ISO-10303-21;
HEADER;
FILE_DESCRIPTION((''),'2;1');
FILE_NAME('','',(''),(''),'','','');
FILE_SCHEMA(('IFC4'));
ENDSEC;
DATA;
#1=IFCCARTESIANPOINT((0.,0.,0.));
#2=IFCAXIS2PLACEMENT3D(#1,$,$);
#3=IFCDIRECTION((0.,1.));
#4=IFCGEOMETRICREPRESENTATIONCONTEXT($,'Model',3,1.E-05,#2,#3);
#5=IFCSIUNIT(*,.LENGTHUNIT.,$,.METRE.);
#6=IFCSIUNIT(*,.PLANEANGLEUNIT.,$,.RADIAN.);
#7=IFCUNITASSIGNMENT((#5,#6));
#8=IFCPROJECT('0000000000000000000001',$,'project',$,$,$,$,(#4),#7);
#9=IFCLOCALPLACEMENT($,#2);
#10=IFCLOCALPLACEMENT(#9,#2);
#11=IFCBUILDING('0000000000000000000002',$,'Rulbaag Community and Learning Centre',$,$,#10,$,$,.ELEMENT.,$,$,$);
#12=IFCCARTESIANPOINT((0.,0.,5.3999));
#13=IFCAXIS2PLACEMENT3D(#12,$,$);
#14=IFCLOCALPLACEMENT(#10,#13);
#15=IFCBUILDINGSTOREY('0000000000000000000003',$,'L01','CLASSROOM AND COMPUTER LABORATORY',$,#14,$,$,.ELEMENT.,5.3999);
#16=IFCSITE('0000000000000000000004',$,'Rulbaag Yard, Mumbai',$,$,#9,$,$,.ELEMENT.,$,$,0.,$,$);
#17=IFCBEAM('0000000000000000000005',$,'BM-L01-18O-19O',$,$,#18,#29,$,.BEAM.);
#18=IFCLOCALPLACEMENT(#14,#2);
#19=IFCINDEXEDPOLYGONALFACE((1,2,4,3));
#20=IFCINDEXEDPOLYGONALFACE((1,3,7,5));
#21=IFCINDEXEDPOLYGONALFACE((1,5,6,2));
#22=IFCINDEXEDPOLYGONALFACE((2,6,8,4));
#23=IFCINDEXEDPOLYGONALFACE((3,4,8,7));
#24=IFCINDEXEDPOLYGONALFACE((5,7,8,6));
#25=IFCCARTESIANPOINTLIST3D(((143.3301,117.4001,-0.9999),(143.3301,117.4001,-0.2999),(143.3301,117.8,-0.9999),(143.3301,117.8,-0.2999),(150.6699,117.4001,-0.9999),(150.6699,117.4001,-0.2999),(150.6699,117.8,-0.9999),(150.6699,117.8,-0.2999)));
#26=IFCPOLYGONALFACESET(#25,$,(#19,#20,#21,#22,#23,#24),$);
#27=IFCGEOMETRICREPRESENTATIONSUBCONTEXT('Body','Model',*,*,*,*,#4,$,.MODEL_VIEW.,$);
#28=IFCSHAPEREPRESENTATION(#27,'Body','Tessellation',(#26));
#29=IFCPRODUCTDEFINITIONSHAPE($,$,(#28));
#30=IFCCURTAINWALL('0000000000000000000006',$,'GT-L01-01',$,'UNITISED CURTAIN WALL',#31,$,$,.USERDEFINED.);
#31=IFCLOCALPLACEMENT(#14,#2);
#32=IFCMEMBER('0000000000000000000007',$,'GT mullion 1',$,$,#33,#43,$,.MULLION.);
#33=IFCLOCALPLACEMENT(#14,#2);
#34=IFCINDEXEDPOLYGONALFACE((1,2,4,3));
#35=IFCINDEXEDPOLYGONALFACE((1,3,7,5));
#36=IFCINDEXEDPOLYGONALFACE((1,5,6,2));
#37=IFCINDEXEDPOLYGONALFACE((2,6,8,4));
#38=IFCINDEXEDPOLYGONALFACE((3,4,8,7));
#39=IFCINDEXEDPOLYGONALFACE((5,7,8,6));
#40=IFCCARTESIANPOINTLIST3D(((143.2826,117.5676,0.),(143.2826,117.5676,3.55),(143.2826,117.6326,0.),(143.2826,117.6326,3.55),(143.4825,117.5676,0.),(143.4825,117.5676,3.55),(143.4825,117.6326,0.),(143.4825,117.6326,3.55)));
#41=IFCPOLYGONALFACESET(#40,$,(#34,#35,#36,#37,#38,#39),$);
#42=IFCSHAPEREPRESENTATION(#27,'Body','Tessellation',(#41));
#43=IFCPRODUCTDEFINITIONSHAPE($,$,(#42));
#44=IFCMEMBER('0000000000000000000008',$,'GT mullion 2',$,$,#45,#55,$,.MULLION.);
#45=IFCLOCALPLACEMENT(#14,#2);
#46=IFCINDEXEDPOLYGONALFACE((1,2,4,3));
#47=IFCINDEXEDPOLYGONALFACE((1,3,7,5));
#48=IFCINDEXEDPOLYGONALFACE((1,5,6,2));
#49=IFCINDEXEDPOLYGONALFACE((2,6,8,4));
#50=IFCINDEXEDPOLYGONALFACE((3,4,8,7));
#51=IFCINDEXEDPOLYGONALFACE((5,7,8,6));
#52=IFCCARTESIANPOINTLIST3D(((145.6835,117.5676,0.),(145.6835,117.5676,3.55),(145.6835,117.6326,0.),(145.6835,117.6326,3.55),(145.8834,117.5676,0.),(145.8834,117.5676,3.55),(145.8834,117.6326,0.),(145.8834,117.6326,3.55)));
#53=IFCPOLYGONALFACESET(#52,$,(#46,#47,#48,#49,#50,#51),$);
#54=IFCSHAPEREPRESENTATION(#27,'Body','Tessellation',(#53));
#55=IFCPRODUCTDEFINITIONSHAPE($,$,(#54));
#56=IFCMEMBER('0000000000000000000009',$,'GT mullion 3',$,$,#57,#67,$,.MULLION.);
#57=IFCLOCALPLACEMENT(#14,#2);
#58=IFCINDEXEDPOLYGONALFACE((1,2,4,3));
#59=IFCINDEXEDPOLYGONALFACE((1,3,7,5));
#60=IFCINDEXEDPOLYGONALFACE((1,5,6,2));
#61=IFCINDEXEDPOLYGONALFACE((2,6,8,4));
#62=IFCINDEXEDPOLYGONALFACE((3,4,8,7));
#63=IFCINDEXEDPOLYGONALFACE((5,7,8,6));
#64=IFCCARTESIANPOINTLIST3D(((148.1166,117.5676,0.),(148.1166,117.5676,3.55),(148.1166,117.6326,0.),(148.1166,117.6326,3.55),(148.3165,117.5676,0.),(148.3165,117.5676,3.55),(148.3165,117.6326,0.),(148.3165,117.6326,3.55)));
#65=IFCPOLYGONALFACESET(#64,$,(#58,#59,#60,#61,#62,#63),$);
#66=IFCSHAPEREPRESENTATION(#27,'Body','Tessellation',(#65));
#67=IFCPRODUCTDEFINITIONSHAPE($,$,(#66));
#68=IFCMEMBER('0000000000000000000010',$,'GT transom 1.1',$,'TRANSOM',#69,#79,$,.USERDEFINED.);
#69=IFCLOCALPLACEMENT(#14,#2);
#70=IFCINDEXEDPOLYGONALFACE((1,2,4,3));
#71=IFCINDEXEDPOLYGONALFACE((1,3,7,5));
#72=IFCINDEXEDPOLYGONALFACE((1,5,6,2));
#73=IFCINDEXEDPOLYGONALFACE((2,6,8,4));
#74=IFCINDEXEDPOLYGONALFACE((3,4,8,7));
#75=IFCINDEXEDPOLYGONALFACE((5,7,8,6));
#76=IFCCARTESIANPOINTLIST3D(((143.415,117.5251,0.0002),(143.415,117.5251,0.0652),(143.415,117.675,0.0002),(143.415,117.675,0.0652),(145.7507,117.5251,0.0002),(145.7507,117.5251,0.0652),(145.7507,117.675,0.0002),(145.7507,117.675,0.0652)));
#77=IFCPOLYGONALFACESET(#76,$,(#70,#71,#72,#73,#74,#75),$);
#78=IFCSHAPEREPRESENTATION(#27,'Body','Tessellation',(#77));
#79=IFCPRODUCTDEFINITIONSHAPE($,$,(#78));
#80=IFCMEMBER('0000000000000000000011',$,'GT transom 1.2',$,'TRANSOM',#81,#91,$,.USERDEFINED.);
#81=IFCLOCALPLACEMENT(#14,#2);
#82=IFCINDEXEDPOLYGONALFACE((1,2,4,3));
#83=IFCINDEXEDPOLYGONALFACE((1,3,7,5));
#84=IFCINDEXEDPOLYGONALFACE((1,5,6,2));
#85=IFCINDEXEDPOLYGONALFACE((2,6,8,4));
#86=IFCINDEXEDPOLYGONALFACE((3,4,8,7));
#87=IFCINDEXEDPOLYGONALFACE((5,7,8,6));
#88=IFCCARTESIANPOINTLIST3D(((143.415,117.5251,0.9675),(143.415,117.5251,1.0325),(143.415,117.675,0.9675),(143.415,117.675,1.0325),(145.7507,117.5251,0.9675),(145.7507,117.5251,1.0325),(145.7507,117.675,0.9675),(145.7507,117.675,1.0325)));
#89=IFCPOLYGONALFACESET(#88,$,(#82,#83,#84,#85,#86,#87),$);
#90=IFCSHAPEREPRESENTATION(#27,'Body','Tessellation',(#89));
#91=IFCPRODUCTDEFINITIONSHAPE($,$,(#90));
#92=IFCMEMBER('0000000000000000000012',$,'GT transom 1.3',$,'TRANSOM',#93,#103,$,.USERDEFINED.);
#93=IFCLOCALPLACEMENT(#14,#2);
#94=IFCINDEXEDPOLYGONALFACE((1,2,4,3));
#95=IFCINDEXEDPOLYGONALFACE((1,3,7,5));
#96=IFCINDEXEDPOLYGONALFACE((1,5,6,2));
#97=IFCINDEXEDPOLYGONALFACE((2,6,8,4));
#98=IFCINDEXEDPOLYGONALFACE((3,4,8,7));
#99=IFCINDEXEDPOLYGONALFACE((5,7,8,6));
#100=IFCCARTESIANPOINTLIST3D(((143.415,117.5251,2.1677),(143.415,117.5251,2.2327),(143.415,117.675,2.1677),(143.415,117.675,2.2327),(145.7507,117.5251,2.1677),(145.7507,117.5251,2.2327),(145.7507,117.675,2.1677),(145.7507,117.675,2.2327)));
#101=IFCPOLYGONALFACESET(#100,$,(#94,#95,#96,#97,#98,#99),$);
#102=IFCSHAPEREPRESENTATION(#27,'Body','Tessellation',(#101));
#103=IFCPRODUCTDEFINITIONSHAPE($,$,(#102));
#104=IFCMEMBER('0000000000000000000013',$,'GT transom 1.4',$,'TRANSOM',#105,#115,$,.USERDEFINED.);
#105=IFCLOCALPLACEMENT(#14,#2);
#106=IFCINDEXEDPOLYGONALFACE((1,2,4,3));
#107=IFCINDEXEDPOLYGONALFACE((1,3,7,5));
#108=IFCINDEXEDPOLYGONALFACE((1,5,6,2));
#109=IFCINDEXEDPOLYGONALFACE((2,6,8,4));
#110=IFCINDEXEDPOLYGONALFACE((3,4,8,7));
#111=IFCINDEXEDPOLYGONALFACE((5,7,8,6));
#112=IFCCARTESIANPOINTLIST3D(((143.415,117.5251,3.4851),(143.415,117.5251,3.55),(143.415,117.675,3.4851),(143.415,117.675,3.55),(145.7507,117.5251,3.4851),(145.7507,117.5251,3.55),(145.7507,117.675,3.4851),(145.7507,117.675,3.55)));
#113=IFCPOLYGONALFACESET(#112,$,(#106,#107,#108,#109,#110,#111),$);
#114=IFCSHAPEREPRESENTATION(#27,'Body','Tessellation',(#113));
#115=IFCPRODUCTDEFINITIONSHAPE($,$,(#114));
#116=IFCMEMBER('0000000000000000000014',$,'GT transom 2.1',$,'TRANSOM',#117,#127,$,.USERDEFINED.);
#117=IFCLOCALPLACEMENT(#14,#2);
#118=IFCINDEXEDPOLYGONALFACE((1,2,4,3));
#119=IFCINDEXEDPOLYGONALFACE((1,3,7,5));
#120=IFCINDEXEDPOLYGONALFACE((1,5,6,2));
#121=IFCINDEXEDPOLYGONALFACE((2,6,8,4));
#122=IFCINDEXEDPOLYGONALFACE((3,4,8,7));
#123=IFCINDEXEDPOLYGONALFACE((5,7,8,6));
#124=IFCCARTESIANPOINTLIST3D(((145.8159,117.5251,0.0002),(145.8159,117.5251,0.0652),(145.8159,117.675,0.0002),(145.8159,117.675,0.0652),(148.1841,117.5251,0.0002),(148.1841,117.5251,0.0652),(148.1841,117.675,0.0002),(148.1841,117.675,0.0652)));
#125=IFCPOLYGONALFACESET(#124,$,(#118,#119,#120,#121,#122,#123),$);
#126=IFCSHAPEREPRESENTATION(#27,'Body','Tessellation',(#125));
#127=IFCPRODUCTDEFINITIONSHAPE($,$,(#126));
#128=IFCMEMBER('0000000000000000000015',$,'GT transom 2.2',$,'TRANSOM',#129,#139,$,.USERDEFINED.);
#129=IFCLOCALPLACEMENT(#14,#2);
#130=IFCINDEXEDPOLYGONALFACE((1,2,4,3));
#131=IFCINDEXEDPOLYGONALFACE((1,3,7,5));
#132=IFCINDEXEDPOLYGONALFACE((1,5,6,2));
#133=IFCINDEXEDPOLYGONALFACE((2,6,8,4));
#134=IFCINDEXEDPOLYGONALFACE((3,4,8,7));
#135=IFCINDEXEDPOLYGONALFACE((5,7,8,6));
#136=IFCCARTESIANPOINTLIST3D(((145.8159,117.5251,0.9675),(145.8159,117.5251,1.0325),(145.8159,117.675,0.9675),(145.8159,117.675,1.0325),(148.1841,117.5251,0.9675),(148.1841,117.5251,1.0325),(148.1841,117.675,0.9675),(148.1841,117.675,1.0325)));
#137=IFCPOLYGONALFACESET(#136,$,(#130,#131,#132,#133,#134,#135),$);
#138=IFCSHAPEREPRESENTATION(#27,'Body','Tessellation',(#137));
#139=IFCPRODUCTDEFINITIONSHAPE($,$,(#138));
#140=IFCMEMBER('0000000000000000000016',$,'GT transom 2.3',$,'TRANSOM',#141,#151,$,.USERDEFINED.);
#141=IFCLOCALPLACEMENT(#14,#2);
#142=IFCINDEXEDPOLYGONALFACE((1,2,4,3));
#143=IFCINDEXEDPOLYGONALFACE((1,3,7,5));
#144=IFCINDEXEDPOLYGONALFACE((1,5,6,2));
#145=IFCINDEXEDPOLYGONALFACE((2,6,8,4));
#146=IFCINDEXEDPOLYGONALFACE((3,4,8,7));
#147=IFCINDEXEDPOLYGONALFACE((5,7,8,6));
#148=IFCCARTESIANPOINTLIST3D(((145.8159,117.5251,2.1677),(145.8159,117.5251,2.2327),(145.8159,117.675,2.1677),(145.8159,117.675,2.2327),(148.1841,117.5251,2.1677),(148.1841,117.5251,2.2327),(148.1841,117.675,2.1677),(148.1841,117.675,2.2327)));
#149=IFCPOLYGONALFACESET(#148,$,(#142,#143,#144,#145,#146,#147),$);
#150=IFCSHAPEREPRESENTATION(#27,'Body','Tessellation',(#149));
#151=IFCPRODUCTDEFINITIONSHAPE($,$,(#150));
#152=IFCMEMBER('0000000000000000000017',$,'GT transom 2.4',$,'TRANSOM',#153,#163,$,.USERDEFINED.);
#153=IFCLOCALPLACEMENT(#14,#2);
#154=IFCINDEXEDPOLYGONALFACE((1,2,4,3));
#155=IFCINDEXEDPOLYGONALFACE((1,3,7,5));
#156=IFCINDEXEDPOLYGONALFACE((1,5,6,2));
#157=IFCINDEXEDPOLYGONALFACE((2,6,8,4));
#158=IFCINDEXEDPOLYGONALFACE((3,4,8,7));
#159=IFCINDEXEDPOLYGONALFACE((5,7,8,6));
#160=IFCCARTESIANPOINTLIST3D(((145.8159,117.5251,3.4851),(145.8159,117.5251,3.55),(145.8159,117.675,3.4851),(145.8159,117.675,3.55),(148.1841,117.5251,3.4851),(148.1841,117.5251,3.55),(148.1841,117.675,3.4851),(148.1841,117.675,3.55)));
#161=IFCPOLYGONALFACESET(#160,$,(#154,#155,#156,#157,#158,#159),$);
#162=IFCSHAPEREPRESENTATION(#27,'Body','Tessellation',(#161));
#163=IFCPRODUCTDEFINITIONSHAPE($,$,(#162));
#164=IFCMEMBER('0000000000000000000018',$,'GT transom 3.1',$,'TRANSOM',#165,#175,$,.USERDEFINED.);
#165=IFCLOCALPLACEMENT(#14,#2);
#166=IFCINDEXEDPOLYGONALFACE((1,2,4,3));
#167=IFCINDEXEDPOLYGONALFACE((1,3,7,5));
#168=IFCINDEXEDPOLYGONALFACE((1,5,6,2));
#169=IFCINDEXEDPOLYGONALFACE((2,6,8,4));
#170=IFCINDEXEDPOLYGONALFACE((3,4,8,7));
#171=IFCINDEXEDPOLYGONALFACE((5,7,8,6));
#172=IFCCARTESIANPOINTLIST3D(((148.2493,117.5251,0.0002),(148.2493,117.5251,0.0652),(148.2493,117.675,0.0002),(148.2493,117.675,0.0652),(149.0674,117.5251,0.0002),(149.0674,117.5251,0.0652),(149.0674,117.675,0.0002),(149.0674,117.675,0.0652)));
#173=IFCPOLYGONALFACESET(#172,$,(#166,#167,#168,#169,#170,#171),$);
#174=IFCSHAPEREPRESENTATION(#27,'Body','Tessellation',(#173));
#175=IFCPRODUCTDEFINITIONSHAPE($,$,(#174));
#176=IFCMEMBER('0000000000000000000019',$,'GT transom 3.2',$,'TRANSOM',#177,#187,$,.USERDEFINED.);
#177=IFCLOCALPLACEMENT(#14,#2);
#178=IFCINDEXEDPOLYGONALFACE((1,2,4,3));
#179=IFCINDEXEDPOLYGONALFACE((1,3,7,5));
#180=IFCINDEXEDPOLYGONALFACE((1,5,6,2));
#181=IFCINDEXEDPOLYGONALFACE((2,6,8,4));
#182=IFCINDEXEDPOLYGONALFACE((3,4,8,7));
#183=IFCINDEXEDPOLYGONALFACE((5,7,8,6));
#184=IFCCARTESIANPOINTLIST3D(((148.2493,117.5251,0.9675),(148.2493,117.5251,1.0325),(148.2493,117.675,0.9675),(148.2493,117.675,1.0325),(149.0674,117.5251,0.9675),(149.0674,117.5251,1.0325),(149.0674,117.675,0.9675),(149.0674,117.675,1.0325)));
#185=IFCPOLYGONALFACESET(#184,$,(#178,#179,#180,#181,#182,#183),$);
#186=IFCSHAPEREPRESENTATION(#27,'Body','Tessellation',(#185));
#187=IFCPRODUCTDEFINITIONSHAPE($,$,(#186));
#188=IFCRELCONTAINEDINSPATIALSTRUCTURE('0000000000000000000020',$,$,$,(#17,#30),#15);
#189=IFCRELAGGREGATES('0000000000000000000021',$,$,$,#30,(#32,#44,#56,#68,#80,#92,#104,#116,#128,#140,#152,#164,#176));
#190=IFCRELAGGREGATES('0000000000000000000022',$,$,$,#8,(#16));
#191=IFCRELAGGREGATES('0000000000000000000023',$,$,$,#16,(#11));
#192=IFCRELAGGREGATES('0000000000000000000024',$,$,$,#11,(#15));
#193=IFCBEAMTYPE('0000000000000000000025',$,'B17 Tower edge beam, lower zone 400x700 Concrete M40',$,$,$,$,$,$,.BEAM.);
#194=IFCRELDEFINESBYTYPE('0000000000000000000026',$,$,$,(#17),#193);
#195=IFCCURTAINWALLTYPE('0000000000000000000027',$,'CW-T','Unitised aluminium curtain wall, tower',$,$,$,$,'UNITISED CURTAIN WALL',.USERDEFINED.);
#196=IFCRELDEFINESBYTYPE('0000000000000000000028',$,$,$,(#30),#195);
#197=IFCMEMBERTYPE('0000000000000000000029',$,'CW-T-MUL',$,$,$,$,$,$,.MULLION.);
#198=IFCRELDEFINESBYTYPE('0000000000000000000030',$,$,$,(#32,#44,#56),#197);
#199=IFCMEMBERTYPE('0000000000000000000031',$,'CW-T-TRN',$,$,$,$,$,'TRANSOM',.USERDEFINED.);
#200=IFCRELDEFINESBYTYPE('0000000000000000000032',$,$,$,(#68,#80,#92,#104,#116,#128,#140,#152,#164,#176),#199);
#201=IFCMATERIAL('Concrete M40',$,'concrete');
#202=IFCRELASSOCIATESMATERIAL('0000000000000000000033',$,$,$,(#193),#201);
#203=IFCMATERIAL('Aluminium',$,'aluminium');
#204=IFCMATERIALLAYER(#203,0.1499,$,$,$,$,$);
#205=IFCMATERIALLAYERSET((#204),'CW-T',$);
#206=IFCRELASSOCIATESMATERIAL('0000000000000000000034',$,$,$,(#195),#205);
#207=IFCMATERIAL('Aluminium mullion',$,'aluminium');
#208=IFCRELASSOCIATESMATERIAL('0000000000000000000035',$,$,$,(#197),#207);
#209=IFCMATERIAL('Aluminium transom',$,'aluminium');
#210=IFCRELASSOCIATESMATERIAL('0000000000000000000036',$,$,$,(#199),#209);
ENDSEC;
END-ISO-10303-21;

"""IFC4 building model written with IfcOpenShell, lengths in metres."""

from ifc_helpers import new_model, si_unit, direction, frame, origin, origin_2d, place, context, subcontext, project, spatial, rectangle, extrude, material, layer, layer_set, material_profile, profile_set, type_object, element, aggregate, save


model = new_model("IFC4")

# Units and contexts
model_context = context("Model", 3, precision=1e-05, world=origin(), true_north=direction((0.0, 1.0)))
body_context = subcontext(model_context, "Body", "Model", "MODEL_VIEW")
ifc_project = project(units=[si_unit("LENGTHUNIT", "METRE"), si_unit("PLANEANGLEUNIT", "RADIAN")], contexts=[model_context])

# Site, building, storey
site_placement = place(None, origin())
site = spatial("IfcSite", under=ifc_project, at=site_placement, Name="Rulbaag Yard, Mumbai", CompositionType="ELEMENT", RefElevation=0.0)
building_placement = place(site_placement, origin())
building = spatial("IfcBuilding", under=site, at=building_placement, Name="Rulbaag Community and Learning Centre", CompositionType="ELEMENT")
storey_placement = place(building_placement, frame((0.0, 0.0, 5.3999)))
storey = spatial("IfcBuildingStorey", under=building, at=storey_placement, Name="L01", Description="CLASSROOM AND COMPUTER LABORATORY", CompositionType="ELEMENT", Elevation=5.3999)

# Beam
ifc_material_1 = material(Name="Concrete M40", Category="concrete")
ifc_material_profile_1 = material_profile(ifc_material_1, rectangle(XDim=0.3999, YDim=0.7, at=origin_2d()), Name="RB400x700")
ifc_profile_set_1 = profile_set([ifc_material_profile_1], Name="Concrete M40")
beam_type = type_object("IfcBeamType", Name="B17 Tower edge beam, lower zone 400x700 Concrete M40", PredefinedType="BEAM", material=ifc_profile_set_1)
beam_placement = place(storey_placement, frame((143.3301, 117.6001, -0.6499), z_axis=(1.0, 0.0, 0.0), x_axis=(0.0, 1.0, 0.0)))
element("IfcBeam", 1, at=beam_placement, inside=storey, type_object=beam_type, Name="BM-L01-18O-19O", PredefinedType="BEAM", context=body_context, shape_type="SweptSolid", body=[
    extrude(rectangle(XDim=0.3999, YDim=0.7, at=origin_2d()), origin(), (0.0, 0.0, 1.0), 7.3398),
])

# Curtain wall, members
ifc_material_2 = material(Name="Aluminium", Category="aluminium")
ifc_layer_1 = layer(ifc_material_2, 0.1499)
ifc_layer_set_1 = layer_set([ifc_layer_1], Name="CW-T")
curtain_wall_type = type_object("IfcCurtainWallType", Name="CW-T", Description="Unitised aluminium curtain wall, tower", ElementType="UNITISED CURTAIN WALL", PredefinedType="USERDEFINED", material=ifc_layer_set_1)
curtain_wall_placement = place(storey_placement, origin())
curtain_wall = element("IfcCurtainWall", 2, at=curtain_wall_placement, inside=storey, type_object=curtain_wall_type, Name="GT-L01-01", ObjectType="UNITISED CURTAIN WALL", PredefinedType="USERDEFINED")
ifc_material_3 = material(Name="Aluminium mullion", Category="aluminium")
ifc_material_profile_2 = material_profile(ifc_material_3, rectangle(XDim=0.0649, YDim=0.2, at=origin_2d()), Name="AL 65x200")
ifc_profile_set_2 = profile_set([ifc_material_profile_2], Name="Aluminium mullion")
member_type_1 = type_object("IfcMemberType", Name="CW-T-MUL", PredefinedType="MULLION", material=ifc_profile_set_2)
member_1_placement = place(storey_placement, frame((143.3826, 117.6001, 0.0), z_axis=(0.0, 0.0, 1.0), x_axis=(0.0, 1.0, 0.0)))
member_1 = element("IfcMember", 3, at=member_1_placement, type_object=member_type_1, Name="GT mullion 1", PredefinedType="MULLION", context=body_context, shape_type="SweptSolid", body=[
    extrude(rectangle(XDim=0.0649, YDim=0.2, at=origin_2d()), origin(), (0.0, 0.0, 1.0), 3.55),
])
member_2_placement = place(storey_placement, frame((145.7834, 117.6001, 0.0), z_axis=(0.0, 0.0, 1.0), x_axis=(0.0, 1.0, 0.0)))
member_2 = element("IfcMember", 4, at=member_2_placement, type_object=member_type_1, Name="GT mullion 2", PredefinedType="MULLION", context=body_context, shape_type="SweptSolid", body=[
    extrude(rectangle(XDim=0.0649, YDim=0.2, at=origin_2d()), origin(), (0.0, 0.0, 1.0), 3.55),
])
member_3_placement = place(storey_placement, frame((148.2166, 117.6001, 0.0), z_axis=(0.0, 0.0, 1.0), x_axis=(0.0, 1.0, 0.0)))
member_3 = element("IfcMember", 5, at=member_3_placement, type_object=member_type_1, Name="GT mullion 3", PredefinedType="MULLION", context=body_context, shape_type="SweptSolid", body=[
    extrude(rectangle(XDim=0.0649, YDim=0.2, at=origin_2d()), origin(), (0.0, 0.0, 1.0), 3.55),
])
ifc_material_4 = material(Name="Aluminium transom", Category="aluminium")
ifc_material_profile_3 = material_profile(ifc_material_4, rectangle(XDim=0.1499, YDim=0.0649, at=origin_2d()), Name="AL 65x150 T")
ifc_profile_set_3 = profile_set([ifc_material_profile_3], Name="Aluminium transom")
member_type_2 = type_object("IfcMemberType", Name="CW-T-TRN", ElementType="TRANSOM", PredefinedType="USERDEFINED", material=ifc_profile_set_3)
member_4_placement = place(storey_placement, frame((143.415, 117.6001, 0.0327), z_axis=(1.0, 0.0, 0.0), x_axis=(0.0, 1.0, 0.0)))
member_4 = element("IfcMember", 6, at=member_4_placement, type_object=member_type_2, Name="GT transom 1.1", ObjectType="TRANSOM", PredefinedType="USERDEFINED", context=body_context, shape_type="SweptSolid", body=[
    extrude(rectangle(XDim=0.1499, YDim=0.0649, at=origin_2d()), origin(), (0.0, 0.0, 1.0), 2.3357),
])
member_5_placement = place(storey_placement, frame((143.415, 117.6001, 1.0), z_axis=(1.0, 0.0, 0.0), x_axis=(0.0, 1.0, 0.0)))
member_5 = element("IfcMember", 7, at=member_5_placement, type_object=member_type_2, Name="GT transom 1.2", ObjectType="TRANSOM", PredefinedType="USERDEFINED", context=body_context, shape_type="SweptSolid", body=[
    extrude(rectangle(XDim=0.1499, YDim=0.0649, at=origin_2d()), origin(), (0.0, 0.0, 1.0), 2.3357),
])
member_6_placement = place(storey_placement, frame((143.415, 117.6001, 2.2002), z_axis=(1.0, 0.0, 0.0), x_axis=(0.0, 1.0, 0.0)))
member_6 = element("IfcMember", 8, at=member_6_placement, type_object=member_type_2, Name="GT transom 1.3", ObjectType="TRANSOM", PredefinedType="USERDEFINED", context=body_context, shape_type="SweptSolid", body=[
    extrude(rectangle(XDim=0.1499, YDim=0.0649, at=origin_2d()), origin(), (0.0, 0.0, 1.0), 2.3357),
])
member_7_placement = place(storey_placement, frame((143.415, 117.6001, 3.5176), z_axis=(1.0, 0.0, 0.0), x_axis=(0.0, 1.0, 0.0)))
member_7 = element("IfcMember", 9, at=member_7_placement, type_object=member_type_2, Name="GT transom 1.4", ObjectType="TRANSOM", PredefinedType="USERDEFINED", context=body_context, shape_type="SweptSolid", body=[
    extrude(rectangle(XDim=0.1499, YDim=0.0649, at=origin_2d()), origin(), (0.0, 0.0, 1.0), 2.3357),
])
member_8_placement = place(storey_placement, frame((145.8159, 117.6001, 0.0327), z_axis=(1.0, 0.0, 0.0), x_axis=(0.0, 1.0, 0.0)))
member_8 = element("IfcMember", 10, at=member_8_placement, type_object=member_type_2, Name="GT transom 2.1", ObjectType="TRANSOM", PredefinedType="USERDEFINED", context=body_context, shape_type="SweptSolid", body=[
    extrude(rectangle(XDim=0.1499, YDim=0.0649, at=origin_2d()), origin(), (0.0, 0.0, 1.0), 2.3682),
])
member_9_placement = place(storey_placement, frame((145.8159, 117.6001, 1.0), z_axis=(1.0, 0.0, 0.0), x_axis=(0.0, 1.0, 0.0)))
member_9 = element("IfcMember", 11, at=member_9_placement, type_object=member_type_2, Name="GT transom 2.2", ObjectType="TRANSOM", PredefinedType="USERDEFINED", context=body_context, shape_type="SweptSolid", body=[
    extrude(rectangle(XDim=0.1499, YDim=0.0649, at=origin_2d()), origin(), (0.0, 0.0, 1.0), 2.3682),
])
member_10_placement = place(storey_placement, frame((145.8159, 117.6001, 2.2002), z_axis=(1.0, 0.0, 0.0), x_axis=(0.0, 1.0, 0.0)))
member_10 = element("IfcMember", 12, at=member_10_placement, type_object=member_type_2, Name="GT transom 2.3", ObjectType="TRANSOM", PredefinedType="USERDEFINED", context=body_context, shape_type="SweptSolid", body=[
    extrude(rectangle(XDim=0.1499, YDim=0.0649, at=origin_2d()), origin(), (0.0, 0.0, 1.0), 2.3682),
])
member_11_placement = place(storey_placement, frame((145.8159, 117.6001, 3.5176), z_axis=(1.0, 0.0, 0.0), x_axis=(0.0, 1.0, 0.0)))
member_11 = element("IfcMember", 13, at=member_11_placement, type_object=member_type_2, Name="GT transom 2.4", ObjectType="TRANSOM", PredefinedType="USERDEFINED", context=body_context, shape_type="SweptSolid", body=[
    extrude(rectangle(XDim=0.1499, YDim=0.0649, at=origin_2d()), origin(), (0.0, 0.0, 1.0), 2.3682),
])
member_12_placement = place(storey_placement, frame((148.2493, 117.6001, 0.0327), z_axis=(1.0, 0.0, 0.0), x_axis=(0.0, 1.0, 0.0)))
member_12 = element("IfcMember", 14, at=member_12_placement, type_object=member_type_2, Name="GT transom 3.1", ObjectType="TRANSOM", PredefinedType="USERDEFINED", context=body_context, shape_type="SweptSolid", body=[
    extrude(rectangle(XDim=0.1499, YDim=0.0649, at=origin_2d()), origin(), (0.0, 0.0, 1.0), 0.8181),
])
member_13_placement = place(storey_placement, frame((148.2493, 117.6001, 1.0), z_axis=(1.0, 0.0, 0.0), x_axis=(0.0, 1.0, 0.0)))
member_13 = element("IfcMember", 15, at=member_13_placement, type_object=member_type_2, Name="GT transom 3.2", ObjectType="TRANSOM", PredefinedType="USERDEFINED", context=body_context, shape_type="SweptSolid", body=[
    extrude(rectangle(XDim=0.1499, YDim=0.0649, at=origin_2d()), origin(), (0.0, 0.0, 1.0), 0.8181),
])
aggregate(curtain_wall, [member_1, member_2, member_3, member_4, member_5, member_6, member_7, member_8, member_9, member_10, member_11, member_12, member_13])

save(model, "model.ifc")
